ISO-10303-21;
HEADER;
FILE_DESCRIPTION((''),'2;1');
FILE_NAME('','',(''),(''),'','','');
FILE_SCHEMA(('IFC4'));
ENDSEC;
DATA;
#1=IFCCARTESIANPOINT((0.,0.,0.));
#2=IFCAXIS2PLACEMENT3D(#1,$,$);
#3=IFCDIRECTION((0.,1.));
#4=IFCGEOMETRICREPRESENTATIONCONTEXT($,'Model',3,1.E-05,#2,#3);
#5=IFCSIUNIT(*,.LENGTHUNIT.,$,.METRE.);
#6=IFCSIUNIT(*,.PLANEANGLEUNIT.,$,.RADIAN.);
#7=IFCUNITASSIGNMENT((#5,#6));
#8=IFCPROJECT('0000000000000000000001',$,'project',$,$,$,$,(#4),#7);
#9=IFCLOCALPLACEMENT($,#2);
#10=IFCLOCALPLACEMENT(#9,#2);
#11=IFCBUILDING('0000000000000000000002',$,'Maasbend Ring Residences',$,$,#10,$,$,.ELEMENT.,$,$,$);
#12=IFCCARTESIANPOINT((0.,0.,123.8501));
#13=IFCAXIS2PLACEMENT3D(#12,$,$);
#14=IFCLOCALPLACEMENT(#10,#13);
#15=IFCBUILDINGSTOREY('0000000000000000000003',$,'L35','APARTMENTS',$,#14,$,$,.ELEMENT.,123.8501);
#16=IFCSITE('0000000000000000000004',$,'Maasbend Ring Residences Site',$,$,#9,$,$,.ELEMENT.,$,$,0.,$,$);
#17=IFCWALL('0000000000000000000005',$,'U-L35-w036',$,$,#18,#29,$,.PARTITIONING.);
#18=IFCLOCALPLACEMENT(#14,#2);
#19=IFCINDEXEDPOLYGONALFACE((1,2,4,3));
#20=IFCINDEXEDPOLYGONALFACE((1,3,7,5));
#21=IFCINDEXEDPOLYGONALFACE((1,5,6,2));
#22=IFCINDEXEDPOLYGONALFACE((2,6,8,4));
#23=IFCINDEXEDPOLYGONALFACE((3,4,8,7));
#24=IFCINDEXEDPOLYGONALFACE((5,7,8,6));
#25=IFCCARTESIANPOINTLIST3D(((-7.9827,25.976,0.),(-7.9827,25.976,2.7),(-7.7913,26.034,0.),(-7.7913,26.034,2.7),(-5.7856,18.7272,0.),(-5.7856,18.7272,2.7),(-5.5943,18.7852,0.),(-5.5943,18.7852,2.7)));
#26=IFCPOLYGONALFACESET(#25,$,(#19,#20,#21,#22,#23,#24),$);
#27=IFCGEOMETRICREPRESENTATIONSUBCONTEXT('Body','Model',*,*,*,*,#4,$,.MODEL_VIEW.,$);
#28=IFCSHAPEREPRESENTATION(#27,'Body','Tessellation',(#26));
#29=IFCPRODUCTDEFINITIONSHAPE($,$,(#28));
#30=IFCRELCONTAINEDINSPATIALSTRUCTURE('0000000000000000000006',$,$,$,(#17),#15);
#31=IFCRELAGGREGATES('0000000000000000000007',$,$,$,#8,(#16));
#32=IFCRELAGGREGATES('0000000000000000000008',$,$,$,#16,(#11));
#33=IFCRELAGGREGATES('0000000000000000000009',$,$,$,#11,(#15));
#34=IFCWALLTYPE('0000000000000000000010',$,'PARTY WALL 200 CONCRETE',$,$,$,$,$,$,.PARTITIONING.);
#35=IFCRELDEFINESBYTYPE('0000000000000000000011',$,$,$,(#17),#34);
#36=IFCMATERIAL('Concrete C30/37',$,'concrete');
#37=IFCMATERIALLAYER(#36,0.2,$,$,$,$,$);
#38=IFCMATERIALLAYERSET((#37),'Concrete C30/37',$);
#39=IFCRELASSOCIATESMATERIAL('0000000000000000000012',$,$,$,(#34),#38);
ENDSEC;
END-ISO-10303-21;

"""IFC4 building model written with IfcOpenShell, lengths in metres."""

from ifc_helpers import new_model, si_unit, direction, frame, frame_2d, origin, place, context, subcontext, project, spatial, rectangle, extrude, material, layer, layer_set, type_object, element, save


model = new_model("IFC4")

# Units and contexts
model_context = context("Model", 3, precision=1e-05, world=origin(), true_north=direction((0.0, 1.0)))
body_context = subcontext(model_context, "Body", "Model", "MODEL_VIEW")
ifc_project = project(units=[si_unit("LENGTHUNIT", "METRE"), si_unit("PLANEANGLEUNIT", "RADIAN")], contexts=[model_context])

# Site, building, storey
site_placement = place(None, origin())
site = spatial("IfcSite", under=ifc_project, at=site_placement, Name="Maasbend Ring Residences Site", CompositionType="ELEMENT", RefElevation=0.0)
building_placement = place(site_placement, origin())
building = spatial("IfcBuilding", under=site, at=building_placement, Name="Maasbend Ring Residences", CompositionType="ELEMENT")
storey_placement = place(building_placement, frame((0.0, 0.0, 123.8501)))
storey = spatial("IfcBuildingStorey", under=building, at=storey_placement, Name="L35", Description="APARTMENTS", CompositionType="ELEMENT", Elevation=123.8501)

# Wall
ifc_material_1 = material(Name="Concrete C30/37", Category="concrete")
ifc_layer_1 = layer(ifc_material_1, 0.2)
ifc_layer_set_1 = layer_set([ifc_layer_1], Name="Concrete C30/37")
wall_type_1 = type_object("IfcWallType", Name="PARTY WALL 200 CONCRETE", PredefinedType="PARTITIONING", material=ifc_layer_set_1)
wall_1_placement = place(storey_placement, frame((-7.887, 26.0049, 0.0), z_axis=(0.0, 0.0, 1.0), x_axis=(0.290058, -0.957009, 0.0)))
element("IfcWall", 1, at=wall_1_placement, inside=storey, type_object=wall_type_1, Name="U-L35-w036", PredefinedType="PARTITIONING", context=body_context, shape_type="SweptSolid", body=[
    extrude(rectangle(XDim=7.5745, YDim=0.2, at=frame_2d((3.7871, 0.0))), origin(), (0.0, 0.0, 1.0), 2.7),
])

save(model, "model.ifc")
